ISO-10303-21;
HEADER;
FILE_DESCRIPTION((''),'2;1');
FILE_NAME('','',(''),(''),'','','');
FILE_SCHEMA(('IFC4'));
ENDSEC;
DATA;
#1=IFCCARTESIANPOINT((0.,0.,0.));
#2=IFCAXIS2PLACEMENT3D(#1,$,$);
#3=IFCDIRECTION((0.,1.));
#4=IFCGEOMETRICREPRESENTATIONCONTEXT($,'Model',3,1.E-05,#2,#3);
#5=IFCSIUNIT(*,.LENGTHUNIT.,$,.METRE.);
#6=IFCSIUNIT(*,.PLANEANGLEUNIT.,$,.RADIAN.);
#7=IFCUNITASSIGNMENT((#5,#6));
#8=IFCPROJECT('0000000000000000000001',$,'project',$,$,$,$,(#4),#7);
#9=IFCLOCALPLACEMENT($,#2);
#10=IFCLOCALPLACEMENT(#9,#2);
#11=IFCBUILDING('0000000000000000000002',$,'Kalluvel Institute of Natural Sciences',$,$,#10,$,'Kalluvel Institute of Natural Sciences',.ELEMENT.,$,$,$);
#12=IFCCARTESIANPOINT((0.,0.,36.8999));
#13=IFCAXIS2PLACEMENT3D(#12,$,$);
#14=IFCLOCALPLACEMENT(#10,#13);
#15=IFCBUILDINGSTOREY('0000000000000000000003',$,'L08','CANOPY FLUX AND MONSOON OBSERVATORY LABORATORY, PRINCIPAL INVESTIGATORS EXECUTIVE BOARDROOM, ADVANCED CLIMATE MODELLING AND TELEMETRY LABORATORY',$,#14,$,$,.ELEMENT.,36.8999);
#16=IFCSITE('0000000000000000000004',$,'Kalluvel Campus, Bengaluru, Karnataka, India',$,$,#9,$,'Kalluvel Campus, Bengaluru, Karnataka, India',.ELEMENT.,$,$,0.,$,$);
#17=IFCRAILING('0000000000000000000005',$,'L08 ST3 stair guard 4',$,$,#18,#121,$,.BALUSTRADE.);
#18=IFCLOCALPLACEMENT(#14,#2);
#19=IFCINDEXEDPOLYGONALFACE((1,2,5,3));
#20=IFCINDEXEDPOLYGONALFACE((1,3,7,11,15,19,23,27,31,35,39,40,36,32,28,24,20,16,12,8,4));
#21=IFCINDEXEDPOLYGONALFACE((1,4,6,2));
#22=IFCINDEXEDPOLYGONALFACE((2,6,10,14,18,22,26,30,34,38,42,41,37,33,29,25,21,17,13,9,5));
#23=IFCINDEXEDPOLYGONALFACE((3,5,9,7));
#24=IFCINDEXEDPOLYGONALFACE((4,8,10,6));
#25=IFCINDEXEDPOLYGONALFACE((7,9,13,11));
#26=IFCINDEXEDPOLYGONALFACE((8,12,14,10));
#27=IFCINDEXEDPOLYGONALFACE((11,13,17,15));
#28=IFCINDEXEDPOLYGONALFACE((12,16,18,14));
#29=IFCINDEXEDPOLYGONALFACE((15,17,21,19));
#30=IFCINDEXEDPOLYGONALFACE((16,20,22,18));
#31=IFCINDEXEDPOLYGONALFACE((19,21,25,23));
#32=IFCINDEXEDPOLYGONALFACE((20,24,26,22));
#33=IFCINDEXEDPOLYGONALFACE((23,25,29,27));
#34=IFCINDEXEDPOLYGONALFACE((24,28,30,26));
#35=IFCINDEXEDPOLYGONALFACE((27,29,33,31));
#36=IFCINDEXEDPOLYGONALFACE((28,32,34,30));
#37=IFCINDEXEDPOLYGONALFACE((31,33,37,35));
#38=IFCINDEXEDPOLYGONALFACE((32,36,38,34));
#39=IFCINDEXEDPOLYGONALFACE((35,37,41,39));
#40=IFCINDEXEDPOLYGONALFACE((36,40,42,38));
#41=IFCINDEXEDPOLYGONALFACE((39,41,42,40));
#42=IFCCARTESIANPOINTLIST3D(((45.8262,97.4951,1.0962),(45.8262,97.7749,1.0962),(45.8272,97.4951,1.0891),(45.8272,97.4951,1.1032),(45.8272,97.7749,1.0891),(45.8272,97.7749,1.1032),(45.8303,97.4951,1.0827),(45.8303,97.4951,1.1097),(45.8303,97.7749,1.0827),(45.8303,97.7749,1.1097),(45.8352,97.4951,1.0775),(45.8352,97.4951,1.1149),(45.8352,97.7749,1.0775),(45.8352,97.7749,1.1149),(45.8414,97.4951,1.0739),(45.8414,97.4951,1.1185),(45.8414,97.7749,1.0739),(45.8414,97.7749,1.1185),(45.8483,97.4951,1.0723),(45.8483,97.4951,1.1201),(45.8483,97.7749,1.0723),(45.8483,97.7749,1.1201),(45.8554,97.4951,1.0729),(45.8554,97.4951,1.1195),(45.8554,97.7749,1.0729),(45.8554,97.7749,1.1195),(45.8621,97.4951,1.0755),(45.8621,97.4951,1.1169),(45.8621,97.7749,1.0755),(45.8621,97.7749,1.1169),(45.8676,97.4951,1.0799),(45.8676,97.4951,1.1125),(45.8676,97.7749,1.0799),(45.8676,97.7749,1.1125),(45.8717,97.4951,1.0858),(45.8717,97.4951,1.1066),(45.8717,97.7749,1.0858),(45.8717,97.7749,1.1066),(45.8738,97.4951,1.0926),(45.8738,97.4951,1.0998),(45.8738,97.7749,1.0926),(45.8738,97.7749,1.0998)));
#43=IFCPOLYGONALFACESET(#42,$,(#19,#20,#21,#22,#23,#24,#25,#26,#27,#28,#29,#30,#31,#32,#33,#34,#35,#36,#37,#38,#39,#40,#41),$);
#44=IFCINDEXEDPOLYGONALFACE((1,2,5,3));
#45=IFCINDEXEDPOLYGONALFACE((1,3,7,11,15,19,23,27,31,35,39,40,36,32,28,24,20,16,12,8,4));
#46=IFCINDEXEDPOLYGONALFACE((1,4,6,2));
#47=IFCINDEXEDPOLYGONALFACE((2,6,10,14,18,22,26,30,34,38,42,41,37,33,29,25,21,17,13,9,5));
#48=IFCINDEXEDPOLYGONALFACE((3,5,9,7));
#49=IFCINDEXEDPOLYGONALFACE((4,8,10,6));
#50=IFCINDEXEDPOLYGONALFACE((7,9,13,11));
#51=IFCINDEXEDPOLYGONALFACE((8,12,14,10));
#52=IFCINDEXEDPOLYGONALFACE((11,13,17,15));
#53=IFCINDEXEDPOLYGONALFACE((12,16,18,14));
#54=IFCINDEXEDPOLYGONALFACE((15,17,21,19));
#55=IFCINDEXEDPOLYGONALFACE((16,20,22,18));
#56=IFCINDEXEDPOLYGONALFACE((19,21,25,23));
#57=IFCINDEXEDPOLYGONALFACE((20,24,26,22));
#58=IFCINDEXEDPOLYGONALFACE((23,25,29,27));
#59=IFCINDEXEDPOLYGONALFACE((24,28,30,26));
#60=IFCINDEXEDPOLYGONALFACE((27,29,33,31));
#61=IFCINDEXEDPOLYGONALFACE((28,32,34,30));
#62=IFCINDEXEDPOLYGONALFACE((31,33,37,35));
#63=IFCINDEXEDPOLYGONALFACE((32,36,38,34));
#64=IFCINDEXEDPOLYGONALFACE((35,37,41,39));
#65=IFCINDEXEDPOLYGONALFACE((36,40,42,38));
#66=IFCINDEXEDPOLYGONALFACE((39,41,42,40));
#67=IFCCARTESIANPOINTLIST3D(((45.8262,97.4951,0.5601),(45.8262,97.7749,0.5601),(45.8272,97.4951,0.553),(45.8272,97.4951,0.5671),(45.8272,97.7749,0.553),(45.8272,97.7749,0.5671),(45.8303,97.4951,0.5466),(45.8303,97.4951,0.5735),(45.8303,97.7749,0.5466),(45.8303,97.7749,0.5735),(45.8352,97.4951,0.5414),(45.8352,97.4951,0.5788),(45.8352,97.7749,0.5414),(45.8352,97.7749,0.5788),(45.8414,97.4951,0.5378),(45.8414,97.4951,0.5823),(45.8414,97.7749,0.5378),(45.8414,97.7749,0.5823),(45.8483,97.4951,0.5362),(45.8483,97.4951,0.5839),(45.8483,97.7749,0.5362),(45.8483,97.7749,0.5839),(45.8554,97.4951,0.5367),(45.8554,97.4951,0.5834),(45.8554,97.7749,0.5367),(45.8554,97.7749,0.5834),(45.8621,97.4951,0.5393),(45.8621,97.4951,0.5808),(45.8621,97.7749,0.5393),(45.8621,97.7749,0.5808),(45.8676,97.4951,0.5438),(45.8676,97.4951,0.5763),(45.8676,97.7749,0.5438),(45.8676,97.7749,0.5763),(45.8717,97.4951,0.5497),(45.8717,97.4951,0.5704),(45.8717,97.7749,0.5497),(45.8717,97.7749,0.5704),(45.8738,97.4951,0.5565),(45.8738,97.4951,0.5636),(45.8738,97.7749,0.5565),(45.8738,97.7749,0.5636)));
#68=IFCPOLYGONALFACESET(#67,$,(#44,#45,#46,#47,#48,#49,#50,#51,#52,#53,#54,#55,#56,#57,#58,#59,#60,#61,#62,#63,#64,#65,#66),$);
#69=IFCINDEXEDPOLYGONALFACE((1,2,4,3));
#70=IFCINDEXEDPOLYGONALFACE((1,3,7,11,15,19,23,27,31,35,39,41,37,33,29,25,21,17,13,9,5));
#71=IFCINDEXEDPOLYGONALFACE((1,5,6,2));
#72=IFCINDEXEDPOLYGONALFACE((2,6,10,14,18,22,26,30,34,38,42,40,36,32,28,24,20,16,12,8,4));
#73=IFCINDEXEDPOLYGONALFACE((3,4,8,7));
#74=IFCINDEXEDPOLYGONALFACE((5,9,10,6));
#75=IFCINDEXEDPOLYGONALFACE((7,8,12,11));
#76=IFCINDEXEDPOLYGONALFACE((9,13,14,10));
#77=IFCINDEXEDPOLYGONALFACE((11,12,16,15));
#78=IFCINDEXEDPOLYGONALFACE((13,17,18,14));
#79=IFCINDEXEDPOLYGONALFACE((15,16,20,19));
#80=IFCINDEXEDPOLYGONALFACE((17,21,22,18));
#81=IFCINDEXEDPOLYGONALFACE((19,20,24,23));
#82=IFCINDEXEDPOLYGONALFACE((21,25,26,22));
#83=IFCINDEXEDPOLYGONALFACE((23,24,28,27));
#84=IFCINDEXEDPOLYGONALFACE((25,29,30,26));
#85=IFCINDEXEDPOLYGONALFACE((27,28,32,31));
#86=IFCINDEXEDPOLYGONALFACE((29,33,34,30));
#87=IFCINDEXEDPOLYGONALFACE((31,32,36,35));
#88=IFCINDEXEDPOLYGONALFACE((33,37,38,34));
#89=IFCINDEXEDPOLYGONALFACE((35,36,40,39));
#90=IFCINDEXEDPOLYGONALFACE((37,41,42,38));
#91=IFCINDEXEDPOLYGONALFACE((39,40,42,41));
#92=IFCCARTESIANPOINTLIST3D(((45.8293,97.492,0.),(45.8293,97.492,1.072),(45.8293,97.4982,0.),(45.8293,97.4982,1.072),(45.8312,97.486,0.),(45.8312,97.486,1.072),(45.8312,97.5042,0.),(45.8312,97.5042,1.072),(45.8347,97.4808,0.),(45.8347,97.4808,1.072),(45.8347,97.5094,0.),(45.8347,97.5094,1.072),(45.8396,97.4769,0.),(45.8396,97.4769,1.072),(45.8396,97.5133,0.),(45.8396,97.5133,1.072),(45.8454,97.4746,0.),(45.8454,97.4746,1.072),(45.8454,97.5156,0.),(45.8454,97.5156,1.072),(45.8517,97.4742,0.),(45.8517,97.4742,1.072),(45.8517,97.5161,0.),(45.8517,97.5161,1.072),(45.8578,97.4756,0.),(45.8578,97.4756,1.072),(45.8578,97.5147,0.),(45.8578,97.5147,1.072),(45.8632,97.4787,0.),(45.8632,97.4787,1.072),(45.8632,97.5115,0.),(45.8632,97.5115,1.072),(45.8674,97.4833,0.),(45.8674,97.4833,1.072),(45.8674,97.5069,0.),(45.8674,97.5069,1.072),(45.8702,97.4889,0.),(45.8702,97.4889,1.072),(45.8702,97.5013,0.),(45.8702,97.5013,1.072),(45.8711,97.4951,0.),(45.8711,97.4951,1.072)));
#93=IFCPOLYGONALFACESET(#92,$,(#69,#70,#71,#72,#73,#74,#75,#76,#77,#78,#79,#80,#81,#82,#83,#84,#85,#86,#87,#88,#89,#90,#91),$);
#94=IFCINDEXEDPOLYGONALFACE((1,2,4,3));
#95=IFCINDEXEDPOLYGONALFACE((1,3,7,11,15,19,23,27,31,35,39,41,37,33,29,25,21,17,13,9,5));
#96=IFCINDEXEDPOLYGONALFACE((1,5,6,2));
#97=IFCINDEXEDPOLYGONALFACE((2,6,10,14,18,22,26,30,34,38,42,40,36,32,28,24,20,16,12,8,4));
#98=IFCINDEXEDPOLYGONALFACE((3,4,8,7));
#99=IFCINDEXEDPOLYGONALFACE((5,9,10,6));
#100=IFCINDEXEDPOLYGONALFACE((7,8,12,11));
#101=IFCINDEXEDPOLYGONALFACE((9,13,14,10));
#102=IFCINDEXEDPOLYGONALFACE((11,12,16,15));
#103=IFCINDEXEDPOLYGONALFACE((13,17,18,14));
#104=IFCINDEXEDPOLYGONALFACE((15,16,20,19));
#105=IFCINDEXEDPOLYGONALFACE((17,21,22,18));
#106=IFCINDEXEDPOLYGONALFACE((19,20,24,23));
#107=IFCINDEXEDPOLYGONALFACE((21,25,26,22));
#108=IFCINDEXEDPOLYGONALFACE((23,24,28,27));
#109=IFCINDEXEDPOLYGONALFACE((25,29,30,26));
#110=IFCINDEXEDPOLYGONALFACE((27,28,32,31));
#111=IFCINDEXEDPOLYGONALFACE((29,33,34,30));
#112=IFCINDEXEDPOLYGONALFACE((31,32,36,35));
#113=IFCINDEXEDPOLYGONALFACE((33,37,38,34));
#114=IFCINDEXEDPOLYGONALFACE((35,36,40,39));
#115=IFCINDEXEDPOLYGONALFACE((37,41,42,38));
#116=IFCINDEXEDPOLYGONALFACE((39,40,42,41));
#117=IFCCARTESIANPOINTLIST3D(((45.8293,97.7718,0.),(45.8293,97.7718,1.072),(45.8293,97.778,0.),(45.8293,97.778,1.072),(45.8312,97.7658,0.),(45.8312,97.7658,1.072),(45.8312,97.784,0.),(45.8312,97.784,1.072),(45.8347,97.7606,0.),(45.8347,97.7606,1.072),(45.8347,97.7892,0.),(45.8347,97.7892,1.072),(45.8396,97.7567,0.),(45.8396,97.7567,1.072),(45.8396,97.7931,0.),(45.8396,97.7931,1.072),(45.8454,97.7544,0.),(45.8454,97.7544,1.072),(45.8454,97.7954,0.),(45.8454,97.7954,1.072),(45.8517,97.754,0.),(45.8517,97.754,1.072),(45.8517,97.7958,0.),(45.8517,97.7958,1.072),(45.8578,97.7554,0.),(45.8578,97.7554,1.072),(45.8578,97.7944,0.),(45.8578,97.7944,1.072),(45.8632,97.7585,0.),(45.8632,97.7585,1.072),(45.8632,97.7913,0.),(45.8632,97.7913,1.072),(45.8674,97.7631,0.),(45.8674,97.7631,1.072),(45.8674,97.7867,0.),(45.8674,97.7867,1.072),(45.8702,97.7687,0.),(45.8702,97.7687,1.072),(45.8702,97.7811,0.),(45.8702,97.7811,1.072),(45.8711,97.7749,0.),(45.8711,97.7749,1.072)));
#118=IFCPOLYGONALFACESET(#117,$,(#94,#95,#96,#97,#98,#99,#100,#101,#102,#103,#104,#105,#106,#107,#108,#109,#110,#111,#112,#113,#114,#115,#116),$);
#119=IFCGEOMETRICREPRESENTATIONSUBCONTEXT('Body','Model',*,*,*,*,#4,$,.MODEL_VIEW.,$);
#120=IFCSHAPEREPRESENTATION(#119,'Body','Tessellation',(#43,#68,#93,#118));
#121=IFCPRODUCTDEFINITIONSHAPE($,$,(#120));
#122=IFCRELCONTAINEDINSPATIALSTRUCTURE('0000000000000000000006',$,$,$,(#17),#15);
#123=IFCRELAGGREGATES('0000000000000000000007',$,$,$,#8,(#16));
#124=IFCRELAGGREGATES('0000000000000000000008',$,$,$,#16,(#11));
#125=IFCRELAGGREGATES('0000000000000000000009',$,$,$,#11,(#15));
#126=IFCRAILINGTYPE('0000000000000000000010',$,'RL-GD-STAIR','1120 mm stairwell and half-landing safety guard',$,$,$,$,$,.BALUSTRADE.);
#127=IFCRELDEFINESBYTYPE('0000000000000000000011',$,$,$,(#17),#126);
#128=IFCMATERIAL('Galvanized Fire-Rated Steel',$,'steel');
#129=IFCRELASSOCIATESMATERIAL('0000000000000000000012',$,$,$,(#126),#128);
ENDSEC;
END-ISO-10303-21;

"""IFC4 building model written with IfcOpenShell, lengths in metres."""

from ifc_helpers import new_model, si_unit, direction, frame, origin, origin_2d, place, context, subcontext, project, spatial, circle, extrude, material, type_object, element, save


model = new_model("IFC4")

# Units and contexts
model_context = context("Model", 3, precision=1e-05, world=origin(), true_north=direction((0.0, 1.0)))
body_context = subcontext(model_context, "Body", "Model", "MODEL_VIEW")
ifc_project = project(units=[si_unit("LENGTHUNIT", "METRE"), si_unit("PLANEANGLEUNIT", "RADIAN")], contexts=[model_context])

# Site, building, storey
site_placement = place(None, origin())
site = spatial("IfcSite", under=ifc_project, at=site_placement, Name="Kalluvel Campus, Bengaluru, Karnataka, India", LongName="Kalluvel Campus, Bengaluru, Karnataka, India", CompositionType="ELEMENT", RefElevation=0.0)
building_placement = place(site_placement, origin())
building = spatial("IfcBuilding", under=site, at=building_placement, Name="Kalluvel Institute of Natural Sciences", LongName="Kalluvel Institute of Natural Sciences", CompositionType="ELEMENT")
storey_placement = place(building_placement, frame((0.0, 0.0, 36.8999)))
storey = spatial("IfcBuildingStorey", under=building, at=storey_placement, Name="L08", Description="CANOPY FLUX AND MONSOON OBSERVATORY LABORATORY, PRINCIPAL INVESTIGATORS EXECUTIVE BOARDROOM, ADVANCED CLIMATE MODELLING AND TELEMETRY LABORATORY", CompositionType="ELEMENT", Elevation=36.8999)

# Railing
ifc_material_1 = material(Name="Galvanized Fire-Rated Steel", Category="steel")
railing_type = type_object("IfcRailingType", Name="RL-GD-STAIR", Description="1120 mm stairwell and half-landing safety guard", PredefinedType="BALUSTRADE", material=ifc_material_1)
railing_placement = place(storey_placement, frame((45.8501, 97.4951, 0.0)))
element("IfcRailing", 1, at=railing_placement, inside=storey, type_object=railing_type, Name="L08 ST3 stair guard 4", PredefinedType="BALUSTRADE", context=body_context, shape_type="SweptSolid", body=[
    extrude(circle(Radius=0.0239, at=origin_2d()), frame((0.0, 0.0, 1.0962), z_axis=(0.0, 1.0, 0.0), x_axis=(-1.0, 0.0, 0.0)), (0.0, 0.0, 1.0), 0.2798),
    extrude(circle(Radius=0.0239, at=origin_2d()), frame((0.0, 0.0, 0.5601), z_axis=(0.0, 1.0, 0.0), x_axis=(-1.0, 0.0, 0.0)), (0.0, 0.0, 1.0), 0.2798),
    extrude(circle(Radius=0.021, at=origin_2d()), origin(), (0.0, 0.0, 1.0), 1.072),
    extrude(circle(Radius=0.021, at=origin_2d()), frame((0.0, 0.2798, 0.0)), (0.0, 0.0, 1.0), 1.072),
])

save(model, "model.ifc")
